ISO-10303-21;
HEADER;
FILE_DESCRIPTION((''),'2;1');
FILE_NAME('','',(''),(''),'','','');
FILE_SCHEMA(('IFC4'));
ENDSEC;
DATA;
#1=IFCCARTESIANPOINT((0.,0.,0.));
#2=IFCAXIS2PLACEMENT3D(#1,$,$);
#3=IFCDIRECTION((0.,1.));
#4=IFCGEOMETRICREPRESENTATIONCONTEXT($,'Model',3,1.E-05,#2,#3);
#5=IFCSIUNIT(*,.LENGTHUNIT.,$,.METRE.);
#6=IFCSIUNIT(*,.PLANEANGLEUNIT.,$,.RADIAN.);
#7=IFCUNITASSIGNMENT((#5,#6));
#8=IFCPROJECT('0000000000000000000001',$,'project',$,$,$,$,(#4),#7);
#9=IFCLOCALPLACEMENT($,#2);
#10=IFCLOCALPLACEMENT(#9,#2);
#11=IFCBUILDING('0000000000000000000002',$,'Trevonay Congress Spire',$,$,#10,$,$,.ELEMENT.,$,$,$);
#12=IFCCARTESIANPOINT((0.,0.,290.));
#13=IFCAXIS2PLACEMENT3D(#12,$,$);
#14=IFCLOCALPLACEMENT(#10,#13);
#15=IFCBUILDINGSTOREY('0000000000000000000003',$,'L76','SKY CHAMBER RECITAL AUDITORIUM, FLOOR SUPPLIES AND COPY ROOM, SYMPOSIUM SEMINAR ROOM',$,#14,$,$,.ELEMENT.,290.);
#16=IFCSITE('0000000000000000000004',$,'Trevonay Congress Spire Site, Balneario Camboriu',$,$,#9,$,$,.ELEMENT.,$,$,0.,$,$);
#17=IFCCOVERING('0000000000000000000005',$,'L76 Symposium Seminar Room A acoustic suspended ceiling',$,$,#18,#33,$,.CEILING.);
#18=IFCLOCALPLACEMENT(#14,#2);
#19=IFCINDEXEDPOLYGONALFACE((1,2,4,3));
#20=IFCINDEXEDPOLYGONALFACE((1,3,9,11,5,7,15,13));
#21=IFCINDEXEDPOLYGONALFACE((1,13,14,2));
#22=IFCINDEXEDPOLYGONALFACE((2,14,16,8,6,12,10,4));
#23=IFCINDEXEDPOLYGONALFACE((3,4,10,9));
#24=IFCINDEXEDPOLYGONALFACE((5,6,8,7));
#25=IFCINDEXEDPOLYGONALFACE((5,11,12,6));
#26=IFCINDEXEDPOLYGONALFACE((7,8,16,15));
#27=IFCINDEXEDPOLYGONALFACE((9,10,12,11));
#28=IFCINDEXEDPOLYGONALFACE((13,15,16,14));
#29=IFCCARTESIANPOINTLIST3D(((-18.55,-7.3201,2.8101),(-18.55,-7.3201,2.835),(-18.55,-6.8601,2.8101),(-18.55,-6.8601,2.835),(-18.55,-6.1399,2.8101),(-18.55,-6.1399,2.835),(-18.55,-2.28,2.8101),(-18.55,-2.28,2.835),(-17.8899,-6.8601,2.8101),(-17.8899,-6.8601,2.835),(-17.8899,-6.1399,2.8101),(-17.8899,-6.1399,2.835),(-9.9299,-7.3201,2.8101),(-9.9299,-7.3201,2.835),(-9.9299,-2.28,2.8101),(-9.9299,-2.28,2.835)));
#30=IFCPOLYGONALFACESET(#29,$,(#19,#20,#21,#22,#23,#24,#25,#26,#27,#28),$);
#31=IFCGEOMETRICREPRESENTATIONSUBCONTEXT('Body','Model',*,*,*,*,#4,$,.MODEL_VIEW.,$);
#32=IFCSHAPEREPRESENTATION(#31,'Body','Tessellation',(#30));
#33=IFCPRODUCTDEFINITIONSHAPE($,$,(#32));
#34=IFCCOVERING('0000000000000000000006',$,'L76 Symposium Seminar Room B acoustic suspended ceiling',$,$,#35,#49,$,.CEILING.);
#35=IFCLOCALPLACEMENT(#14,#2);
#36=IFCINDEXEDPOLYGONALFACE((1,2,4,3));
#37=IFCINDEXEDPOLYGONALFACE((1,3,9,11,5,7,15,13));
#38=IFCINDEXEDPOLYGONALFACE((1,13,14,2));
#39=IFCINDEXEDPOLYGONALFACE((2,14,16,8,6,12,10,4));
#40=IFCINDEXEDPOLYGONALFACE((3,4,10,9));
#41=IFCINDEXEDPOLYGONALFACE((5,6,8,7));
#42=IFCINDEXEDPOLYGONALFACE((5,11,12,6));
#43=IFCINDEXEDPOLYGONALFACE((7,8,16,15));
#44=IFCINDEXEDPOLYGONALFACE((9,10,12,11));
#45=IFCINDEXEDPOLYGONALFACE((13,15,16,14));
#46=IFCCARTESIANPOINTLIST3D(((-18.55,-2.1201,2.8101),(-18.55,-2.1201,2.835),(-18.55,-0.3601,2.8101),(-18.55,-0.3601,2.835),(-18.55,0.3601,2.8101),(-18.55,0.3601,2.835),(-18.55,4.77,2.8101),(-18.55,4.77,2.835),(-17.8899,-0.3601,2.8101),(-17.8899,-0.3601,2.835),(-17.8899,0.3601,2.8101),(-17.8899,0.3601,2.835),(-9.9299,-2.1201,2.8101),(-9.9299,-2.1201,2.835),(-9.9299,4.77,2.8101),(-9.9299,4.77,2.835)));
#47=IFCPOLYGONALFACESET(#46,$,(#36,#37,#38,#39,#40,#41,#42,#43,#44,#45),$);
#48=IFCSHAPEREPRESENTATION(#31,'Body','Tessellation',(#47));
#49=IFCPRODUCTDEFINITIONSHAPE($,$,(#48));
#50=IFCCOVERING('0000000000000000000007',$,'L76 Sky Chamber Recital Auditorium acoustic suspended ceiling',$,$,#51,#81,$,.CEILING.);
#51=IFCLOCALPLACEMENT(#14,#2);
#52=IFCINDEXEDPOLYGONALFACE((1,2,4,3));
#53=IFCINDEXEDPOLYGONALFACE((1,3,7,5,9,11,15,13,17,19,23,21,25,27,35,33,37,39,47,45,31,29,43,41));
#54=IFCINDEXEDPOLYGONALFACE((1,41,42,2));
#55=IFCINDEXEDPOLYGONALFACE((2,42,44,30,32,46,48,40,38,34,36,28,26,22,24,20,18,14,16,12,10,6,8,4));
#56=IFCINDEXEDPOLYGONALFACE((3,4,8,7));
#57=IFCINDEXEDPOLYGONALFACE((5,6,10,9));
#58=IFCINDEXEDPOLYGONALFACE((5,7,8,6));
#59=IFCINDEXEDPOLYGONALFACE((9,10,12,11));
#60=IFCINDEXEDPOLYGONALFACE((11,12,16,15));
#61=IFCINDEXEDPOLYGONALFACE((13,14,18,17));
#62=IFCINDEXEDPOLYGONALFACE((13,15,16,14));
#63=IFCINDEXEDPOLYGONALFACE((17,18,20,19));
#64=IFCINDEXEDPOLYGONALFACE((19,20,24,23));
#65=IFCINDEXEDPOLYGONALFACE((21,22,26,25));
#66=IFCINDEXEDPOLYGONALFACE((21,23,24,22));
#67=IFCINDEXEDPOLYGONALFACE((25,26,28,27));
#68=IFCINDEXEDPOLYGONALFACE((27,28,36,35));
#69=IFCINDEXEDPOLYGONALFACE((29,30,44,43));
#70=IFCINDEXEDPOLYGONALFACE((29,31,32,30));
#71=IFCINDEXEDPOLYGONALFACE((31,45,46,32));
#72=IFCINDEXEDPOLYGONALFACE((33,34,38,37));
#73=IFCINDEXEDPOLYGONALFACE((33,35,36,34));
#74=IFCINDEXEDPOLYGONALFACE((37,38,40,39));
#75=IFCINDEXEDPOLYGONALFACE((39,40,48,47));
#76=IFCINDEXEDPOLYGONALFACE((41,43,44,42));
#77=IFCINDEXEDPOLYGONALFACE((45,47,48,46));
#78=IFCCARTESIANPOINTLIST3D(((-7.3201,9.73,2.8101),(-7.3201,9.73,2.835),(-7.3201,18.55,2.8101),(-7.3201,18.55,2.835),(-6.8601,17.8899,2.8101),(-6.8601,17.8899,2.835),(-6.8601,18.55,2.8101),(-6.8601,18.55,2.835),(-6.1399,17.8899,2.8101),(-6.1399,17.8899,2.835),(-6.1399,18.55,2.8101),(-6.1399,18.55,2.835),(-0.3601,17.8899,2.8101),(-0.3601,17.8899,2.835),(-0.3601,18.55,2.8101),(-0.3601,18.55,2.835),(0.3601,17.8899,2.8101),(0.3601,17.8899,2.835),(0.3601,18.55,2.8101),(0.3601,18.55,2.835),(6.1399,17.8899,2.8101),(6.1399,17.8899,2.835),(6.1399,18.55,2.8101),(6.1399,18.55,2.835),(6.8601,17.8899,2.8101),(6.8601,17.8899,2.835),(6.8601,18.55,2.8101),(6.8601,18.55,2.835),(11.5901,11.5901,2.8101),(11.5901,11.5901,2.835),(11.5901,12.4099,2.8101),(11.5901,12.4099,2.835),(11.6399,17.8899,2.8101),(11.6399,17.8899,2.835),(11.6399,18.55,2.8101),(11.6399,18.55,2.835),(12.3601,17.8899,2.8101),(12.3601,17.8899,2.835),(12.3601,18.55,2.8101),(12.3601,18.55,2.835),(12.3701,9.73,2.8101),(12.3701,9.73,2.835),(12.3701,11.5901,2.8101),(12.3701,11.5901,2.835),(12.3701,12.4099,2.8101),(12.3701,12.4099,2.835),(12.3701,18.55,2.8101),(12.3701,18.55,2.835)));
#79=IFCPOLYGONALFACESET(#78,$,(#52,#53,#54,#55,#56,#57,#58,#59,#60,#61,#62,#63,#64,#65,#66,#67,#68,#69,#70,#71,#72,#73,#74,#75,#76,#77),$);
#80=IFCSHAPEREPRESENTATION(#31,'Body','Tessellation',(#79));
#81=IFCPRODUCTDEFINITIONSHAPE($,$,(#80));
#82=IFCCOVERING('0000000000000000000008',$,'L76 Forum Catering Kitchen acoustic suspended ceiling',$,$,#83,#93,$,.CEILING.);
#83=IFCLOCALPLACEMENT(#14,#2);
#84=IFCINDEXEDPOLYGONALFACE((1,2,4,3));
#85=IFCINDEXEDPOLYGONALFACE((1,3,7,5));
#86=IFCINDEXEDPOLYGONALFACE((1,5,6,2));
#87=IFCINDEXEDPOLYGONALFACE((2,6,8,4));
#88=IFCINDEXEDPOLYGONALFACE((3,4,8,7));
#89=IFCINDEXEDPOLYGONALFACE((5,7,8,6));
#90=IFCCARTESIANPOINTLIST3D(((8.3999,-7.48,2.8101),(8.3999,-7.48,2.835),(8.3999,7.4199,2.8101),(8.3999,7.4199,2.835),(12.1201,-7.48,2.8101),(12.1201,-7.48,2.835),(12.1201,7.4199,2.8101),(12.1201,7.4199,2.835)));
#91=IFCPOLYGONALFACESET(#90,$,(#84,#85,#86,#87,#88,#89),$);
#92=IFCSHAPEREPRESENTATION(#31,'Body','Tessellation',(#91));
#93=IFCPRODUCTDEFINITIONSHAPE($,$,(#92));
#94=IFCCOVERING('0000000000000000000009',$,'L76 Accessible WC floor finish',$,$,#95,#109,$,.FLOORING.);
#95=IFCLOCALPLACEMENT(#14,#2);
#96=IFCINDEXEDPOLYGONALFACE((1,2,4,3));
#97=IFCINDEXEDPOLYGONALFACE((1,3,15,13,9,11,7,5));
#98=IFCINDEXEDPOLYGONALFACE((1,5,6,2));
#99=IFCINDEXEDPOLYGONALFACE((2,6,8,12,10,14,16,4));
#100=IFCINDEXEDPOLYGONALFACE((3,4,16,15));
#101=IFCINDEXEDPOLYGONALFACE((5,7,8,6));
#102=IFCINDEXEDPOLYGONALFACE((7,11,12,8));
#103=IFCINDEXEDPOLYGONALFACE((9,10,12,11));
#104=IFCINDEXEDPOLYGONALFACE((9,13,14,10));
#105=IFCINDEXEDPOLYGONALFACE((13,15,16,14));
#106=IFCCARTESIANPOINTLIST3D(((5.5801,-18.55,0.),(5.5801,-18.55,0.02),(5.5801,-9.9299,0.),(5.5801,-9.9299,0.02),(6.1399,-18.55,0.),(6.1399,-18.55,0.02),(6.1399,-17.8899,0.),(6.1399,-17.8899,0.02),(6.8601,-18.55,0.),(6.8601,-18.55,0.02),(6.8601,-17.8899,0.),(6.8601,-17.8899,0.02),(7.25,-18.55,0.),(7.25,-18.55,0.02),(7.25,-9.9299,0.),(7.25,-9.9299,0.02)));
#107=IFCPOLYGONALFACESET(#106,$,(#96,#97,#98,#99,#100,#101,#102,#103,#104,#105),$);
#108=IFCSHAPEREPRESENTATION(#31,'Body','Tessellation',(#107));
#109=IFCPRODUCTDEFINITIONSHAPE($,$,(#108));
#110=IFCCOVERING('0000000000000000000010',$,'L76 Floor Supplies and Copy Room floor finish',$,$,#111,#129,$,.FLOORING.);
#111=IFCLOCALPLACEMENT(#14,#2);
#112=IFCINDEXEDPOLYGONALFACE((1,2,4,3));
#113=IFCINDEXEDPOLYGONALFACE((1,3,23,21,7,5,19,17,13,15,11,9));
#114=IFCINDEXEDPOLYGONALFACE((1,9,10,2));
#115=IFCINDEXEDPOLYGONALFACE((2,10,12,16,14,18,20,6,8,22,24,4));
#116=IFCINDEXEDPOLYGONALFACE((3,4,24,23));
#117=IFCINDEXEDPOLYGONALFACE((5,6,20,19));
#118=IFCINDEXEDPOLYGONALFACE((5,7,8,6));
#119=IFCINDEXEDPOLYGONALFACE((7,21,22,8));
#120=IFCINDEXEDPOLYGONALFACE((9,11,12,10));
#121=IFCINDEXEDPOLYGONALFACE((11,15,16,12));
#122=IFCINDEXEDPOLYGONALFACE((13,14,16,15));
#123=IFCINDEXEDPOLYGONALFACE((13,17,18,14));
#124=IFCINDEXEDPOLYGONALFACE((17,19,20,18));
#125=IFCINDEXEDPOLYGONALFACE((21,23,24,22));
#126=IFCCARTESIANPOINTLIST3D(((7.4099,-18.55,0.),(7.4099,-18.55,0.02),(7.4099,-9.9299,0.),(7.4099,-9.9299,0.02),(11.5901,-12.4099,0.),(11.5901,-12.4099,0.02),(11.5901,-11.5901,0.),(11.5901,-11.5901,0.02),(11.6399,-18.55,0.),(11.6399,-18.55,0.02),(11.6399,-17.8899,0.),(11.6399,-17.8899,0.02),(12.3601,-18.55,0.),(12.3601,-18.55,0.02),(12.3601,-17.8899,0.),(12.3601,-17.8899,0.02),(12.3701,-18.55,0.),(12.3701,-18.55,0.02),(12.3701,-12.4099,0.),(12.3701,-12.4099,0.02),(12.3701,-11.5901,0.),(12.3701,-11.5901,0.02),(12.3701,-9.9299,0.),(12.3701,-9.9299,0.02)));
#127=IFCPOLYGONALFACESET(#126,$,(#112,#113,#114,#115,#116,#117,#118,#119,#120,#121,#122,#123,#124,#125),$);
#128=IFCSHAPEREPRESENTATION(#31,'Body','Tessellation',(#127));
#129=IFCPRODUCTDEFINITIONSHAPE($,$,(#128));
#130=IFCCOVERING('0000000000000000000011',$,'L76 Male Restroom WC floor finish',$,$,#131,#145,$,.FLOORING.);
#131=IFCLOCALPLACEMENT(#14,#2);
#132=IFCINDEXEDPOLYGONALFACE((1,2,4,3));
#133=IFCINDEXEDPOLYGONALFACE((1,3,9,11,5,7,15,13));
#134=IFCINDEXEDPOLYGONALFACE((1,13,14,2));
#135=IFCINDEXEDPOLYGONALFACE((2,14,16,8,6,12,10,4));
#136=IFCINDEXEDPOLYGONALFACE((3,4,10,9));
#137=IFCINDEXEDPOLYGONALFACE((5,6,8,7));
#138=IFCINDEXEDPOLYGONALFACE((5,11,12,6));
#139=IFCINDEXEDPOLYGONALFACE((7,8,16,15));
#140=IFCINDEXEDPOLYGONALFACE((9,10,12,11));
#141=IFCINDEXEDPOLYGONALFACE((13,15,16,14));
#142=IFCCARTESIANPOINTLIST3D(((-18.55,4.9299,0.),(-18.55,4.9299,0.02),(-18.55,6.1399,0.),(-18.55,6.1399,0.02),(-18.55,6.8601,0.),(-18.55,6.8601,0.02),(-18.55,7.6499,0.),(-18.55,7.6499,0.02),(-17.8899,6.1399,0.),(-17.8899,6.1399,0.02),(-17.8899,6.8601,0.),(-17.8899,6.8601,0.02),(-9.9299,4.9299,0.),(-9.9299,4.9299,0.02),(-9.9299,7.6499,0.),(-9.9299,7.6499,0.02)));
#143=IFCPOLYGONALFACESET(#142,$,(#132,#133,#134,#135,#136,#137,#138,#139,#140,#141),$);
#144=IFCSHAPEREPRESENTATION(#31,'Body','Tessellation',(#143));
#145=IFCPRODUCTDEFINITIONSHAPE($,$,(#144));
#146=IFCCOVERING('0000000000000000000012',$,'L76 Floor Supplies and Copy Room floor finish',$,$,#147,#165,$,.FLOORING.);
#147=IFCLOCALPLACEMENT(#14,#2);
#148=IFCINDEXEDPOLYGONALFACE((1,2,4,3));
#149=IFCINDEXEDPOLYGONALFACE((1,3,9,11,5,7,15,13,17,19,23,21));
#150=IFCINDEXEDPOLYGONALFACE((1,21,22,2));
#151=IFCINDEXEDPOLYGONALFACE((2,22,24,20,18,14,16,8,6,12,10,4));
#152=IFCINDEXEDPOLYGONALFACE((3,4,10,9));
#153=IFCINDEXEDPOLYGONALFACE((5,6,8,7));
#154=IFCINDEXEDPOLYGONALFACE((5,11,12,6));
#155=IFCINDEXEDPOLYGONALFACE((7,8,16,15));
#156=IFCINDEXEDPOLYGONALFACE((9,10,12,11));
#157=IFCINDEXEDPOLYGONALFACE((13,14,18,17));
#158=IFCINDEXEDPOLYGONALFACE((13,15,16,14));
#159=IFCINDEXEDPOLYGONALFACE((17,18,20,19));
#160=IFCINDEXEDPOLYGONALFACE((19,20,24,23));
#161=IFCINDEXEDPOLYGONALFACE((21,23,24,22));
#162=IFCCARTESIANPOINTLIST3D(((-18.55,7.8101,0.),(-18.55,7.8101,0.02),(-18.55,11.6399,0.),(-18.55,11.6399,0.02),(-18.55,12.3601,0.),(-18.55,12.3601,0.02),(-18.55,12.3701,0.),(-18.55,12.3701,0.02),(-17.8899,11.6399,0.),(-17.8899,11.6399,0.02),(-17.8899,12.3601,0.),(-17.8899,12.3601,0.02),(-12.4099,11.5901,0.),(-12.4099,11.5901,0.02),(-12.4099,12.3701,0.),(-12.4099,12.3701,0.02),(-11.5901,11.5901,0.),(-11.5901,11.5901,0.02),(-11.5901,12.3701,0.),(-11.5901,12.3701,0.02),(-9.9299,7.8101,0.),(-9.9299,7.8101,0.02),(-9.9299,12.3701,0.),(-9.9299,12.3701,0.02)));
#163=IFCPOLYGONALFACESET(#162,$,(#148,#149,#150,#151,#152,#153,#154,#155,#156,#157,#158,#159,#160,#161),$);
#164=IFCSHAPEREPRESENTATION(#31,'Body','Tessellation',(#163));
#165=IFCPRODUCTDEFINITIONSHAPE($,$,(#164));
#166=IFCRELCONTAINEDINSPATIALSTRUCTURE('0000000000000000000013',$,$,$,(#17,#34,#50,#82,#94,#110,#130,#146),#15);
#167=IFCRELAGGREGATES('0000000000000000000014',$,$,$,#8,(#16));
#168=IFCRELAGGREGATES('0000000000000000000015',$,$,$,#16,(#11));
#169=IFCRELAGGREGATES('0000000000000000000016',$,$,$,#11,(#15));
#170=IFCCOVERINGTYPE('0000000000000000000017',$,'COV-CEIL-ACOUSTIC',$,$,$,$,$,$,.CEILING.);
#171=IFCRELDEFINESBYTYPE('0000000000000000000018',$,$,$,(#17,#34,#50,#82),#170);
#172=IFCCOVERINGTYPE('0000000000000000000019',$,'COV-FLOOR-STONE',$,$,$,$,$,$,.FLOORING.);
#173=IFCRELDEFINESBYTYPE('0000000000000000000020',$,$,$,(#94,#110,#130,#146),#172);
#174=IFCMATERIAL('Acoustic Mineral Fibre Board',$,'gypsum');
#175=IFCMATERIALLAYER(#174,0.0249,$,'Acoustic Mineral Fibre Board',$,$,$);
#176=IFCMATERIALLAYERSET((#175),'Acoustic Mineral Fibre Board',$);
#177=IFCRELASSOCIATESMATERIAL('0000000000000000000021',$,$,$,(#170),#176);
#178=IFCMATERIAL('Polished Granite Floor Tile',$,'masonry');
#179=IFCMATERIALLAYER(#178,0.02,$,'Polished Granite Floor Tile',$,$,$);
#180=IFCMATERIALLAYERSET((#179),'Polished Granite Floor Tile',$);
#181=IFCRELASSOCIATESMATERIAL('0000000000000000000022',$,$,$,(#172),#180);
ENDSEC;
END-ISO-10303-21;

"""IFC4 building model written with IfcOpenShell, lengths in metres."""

from ifc_helpers import new_model, si_unit, direction, frame, origin, place, context, subcontext, project, spatial, polyline, outline, extrude, material, layer, layer_set, type_object, element, save


model = new_model("IFC4")

# Units and contexts
model_context = context("Model", 3, precision=1e-05, world=origin(), true_north=direction((0.0, 1.0)))
body_context = subcontext(model_context, "Body", "Model", "MODEL_VIEW")
ifc_project = project(units=[si_unit("LENGTHUNIT", "METRE"), si_unit("PLANEANGLEUNIT", "RADIAN")], contexts=[model_context])

# Site, building, storey
site_placement = place(None, origin())
site = spatial("IfcSite", under=ifc_project, at=site_placement, Name="Trevonay Congress Spire Site, Balneario Camboriu", CompositionType="ELEMENT", RefElevation=0.0)
building_placement = place(site_placement, origin())
building = spatial("IfcBuilding", under=site, at=building_placement, Name="Trevonay Congress Spire", CompositionType="ELEMENT")
storey_placement = place(building_placement, frame((0.0, 0.0, 290.0)))
storey = spatial("IfcBuildingStorey", under=building, at=storey_placement, Name="L76", Description="SKY CHAMBER RECITAL AUDITORIUM, FLOOR SUPPLIES AND COPY ROOM, SYMPOSIUM SEMINAR ROOM", CompositionType="ELEMENT", Elevation=290.0)

# Coverings
ifc_material_1 = material(Name="Acoustic Mineral Fibre Board", Category="gypsum")
ifc_layer_1 = layer(ifc_material_1, 0.0249, Name="Acoustic Mineral Fibre Board")
ifc_layer_set_1 = layer_set([ifc_layer_1], Name="Acoustic Mineral Fibre Board")
covering_type_1 = type_object("IfcCoveringType", Name="COV-CEIL-ACOUSTIC", PredefinedType="CEILING", material=ifc_layer_set_1)
covering_1_placement = place(storey_placement, frame((0.0, 0.0, 2.8101)))
element("IfcCovering", 1, at=covering_1_placement, inside=storey, type_object=covering_type_1, Name="L76 Symposium Seminar Room A acoustic suspended ceiling", PredefinedType="CEILING", context=body_context, shape_type="SweptSolid", body=[
    extrude(outline(polyline([(-18.55, -2.28), (-9.9299, -2.28), (-9.9299, -7.3201), (-18.55, -7.3201), (-18.55, -6.8601), (-17.8899, -6.8601), (-17.8899, -6.1399), (-18.55, -6.1399), (-18.55, -2.28)])), origin(), (0.0, 0.0, 1.0), 0.0249),
])
covering_2_placement = place(storey_placement, frame((0.0, 0.0, 2.8101)))
element("IfcCovering", 2, at=covering_2_placement, inside=storey, type_object=covering_type_1, Name="L76 Symposium Seminar Room B acoustic suspended ceiling", PredefinedType="CEILING", context=body_context, shape_type="SweptSolid", body=[
    extrude(outline(polyline([(-18.55, 4.77), (-9.9299, 4.77), (-9.9299, -2.1201), (-18.55, -2.1201), (-18.55, -0.3601), (-17.8899, -0.3601), (-17.8899, 0.3601), (-18.55, 0.3601), (-18.55, 4.77)])), origin(), (0.0, 0.0, 1.0), 0.0249),
])
covering_3_placement = place(storey_placement, frame((0.0, 0.0, 2.8101)))
element("IfcCovering", 3, at=covering_3_placement, inside=storey, type_object=covering_type_1, Name="L76 Sky Chamber Recital Auditorium acoustic suspended ceiling", PredefinedType="CEILING", context=body_context, shape_type="SweptSolid", body=[
    extrude(outline(polyline([(12.3701, 9.73), (-7.3201, 9.73), (-7.3201, 18.55), (-6.8601, 18.55), (-6.8601, 17.8899), (-6.1399, 17.8899), (-6.1399, 18.55), (-0.3601, 18.55), (-0.3601, 17.8899), (0.3601, 17.8899), (0.3601, 18.55), (6.1399, 18.55), (6.1399, 17.8899), (6.8601, 17.8899), (6.8601, 18.55), (11.6399, 18.55), (11.6399, 17.8899), (12.3601, 17.8899), (12.3601, 18.55), (12.3701, 18.55), (12.3701, 12.4099), (11.5901, 12.4099), (11.5901, 11.5901), (12.3701, 11.5901), (12.3701, 9.73)])), origin(), (0.0, 0.0, 1.0), 0.0249),
])
covering_4_placement = place(storey_placement, frame((0.0, 0.0, 2.8101)))
element("IfcCovering", 4, at=covering_4_placement, inside=storey, type_object=covering_type_1, Name="L76 Forum Catering Kitchen acoustic suspended ceiling", PredefinedType="CEILING", context=body_context, shape_type="SweptSolid", body=[
    extrude(outline(polyline([(8.3999, -7.48), (12.1201, -7.48), (12.1201, 7.4199), (8.3999, 7.4199), (8.3999, -7.48)])), origin(), (0.0, 0.0, 1.0), 0.0249),
])
ifc_material_2 = material(Name="Polished Granite Floor Tile", Category="masonry")
ifc_layer_2 = layer(ifc_material_2, 0.02, Name="Polished Granite Floor Tile")
ifc_layer_set_2 = layer_set([ifc_layer_2], Name="Polished Granite Floor Tile")
covering_type_2 = type_object("IfcCoveringType", Name="COV-FLOOR-STONE", PredefinedType="FLOORING", material=ifc_layer_set_2)
covering_5_placement = place(storey_placement, origin())
element("IfcCovering", 5, at=covering_5_placement, inside=storey, type_object=covering_type_2, Name="L76 Accessible WC floor finish", PredefinedType="FLOORING", context=body_context, shape_type="SweptSolid", body=[
    extrude(outline(polyline([(5.5801, -18.55), (5.5801, -9.9299), (7.25, -9.9299), (7.25, -18.55), (6.8601, -18.55), (6.8601, -17.8899), (6.1399, -17.8899), (6.1399, -18.55), (5.5801, -18.55)])), origin(), (0.0, 0.0, 1.0), 0.02),
])
covering_6_placement = place(storey_placement, origin())
element("IfcCovering", 6, at=covering_6_placement, inside=storey, type_object=covering_type_2, Name="L76 Floor Supplies and Copy Room floor finish", PredefinedType="FLOORING", context=body_context, shape_type="SweptSolid", body=[
    extrude(outline(polyline([(7.4099, -18.55), (7.4099, -9.9299), (12.3701, -9.9299), (12.3701, -11.5901), (11.5901, -11.5901), (11.5901, -12.4099), (12.3701, -12.4099), (12.3701, -18.55), (12.3601, -18.55), (12.3601, -17.8899), (11.6399, -17.8899), (11.6399, -18.55), (7.4099, -18.55)])), origin(), (0.0, 0.0, 1.0), 0.02),
])
covering_7_placement = place(storey_placement, origin())
element("IfcCovering", 7, at=covering_7_placement, inside=storey, type_object=covering_type_2, Name="L76 Male Restroom WC floor finish", PredefinedType="FLOORING", context=body_context, shape_type="SweptSolid", body=[
    extrude(outline(polyline([(-18.55, 7.6499), (-9.9299, 7.6499), (-9.9299, 4.9299), (-18.55, 4.9299), (-18.55, 6.1399), (-17.8899, 6.1399), (-17.8899, 6.8601), (-18.55, 6.8601), (-18.55, 7.6499)])), origin(), (0.0, 0.0, 1.0), 0.02),
])
covering_8_placement = place(storey_placement, origin())
element("IfcCovering", 8, at=covering_8_placement, inside=storey, type_object=covering_type_2, Name="L76 Floor Supplies and Copy Room floor finish", PredefinedType="FLOORING", context=body_context, shape_type="SweptSolid", body=[
    extrude(outline(polyline([(-9.9299, 12.3701), (-9.9299, 7.8101), (-18.55, 7.8101), (-18.55, 11.6399), (-17.8899, 11.6399), (-17.8899, 12.3601), (-18.55, 12.3601), (-18.55, 12.3701), (-12.4099, 12.3701), (-12.4099, 11.5901), (-11.5901, 11.5901), (-11.5901, 12.3701), (-9.9299, 12.3701)])), origin(), (0.0, 0.0, 1.0), 0.02),
])

save(model, "model.ifc")
